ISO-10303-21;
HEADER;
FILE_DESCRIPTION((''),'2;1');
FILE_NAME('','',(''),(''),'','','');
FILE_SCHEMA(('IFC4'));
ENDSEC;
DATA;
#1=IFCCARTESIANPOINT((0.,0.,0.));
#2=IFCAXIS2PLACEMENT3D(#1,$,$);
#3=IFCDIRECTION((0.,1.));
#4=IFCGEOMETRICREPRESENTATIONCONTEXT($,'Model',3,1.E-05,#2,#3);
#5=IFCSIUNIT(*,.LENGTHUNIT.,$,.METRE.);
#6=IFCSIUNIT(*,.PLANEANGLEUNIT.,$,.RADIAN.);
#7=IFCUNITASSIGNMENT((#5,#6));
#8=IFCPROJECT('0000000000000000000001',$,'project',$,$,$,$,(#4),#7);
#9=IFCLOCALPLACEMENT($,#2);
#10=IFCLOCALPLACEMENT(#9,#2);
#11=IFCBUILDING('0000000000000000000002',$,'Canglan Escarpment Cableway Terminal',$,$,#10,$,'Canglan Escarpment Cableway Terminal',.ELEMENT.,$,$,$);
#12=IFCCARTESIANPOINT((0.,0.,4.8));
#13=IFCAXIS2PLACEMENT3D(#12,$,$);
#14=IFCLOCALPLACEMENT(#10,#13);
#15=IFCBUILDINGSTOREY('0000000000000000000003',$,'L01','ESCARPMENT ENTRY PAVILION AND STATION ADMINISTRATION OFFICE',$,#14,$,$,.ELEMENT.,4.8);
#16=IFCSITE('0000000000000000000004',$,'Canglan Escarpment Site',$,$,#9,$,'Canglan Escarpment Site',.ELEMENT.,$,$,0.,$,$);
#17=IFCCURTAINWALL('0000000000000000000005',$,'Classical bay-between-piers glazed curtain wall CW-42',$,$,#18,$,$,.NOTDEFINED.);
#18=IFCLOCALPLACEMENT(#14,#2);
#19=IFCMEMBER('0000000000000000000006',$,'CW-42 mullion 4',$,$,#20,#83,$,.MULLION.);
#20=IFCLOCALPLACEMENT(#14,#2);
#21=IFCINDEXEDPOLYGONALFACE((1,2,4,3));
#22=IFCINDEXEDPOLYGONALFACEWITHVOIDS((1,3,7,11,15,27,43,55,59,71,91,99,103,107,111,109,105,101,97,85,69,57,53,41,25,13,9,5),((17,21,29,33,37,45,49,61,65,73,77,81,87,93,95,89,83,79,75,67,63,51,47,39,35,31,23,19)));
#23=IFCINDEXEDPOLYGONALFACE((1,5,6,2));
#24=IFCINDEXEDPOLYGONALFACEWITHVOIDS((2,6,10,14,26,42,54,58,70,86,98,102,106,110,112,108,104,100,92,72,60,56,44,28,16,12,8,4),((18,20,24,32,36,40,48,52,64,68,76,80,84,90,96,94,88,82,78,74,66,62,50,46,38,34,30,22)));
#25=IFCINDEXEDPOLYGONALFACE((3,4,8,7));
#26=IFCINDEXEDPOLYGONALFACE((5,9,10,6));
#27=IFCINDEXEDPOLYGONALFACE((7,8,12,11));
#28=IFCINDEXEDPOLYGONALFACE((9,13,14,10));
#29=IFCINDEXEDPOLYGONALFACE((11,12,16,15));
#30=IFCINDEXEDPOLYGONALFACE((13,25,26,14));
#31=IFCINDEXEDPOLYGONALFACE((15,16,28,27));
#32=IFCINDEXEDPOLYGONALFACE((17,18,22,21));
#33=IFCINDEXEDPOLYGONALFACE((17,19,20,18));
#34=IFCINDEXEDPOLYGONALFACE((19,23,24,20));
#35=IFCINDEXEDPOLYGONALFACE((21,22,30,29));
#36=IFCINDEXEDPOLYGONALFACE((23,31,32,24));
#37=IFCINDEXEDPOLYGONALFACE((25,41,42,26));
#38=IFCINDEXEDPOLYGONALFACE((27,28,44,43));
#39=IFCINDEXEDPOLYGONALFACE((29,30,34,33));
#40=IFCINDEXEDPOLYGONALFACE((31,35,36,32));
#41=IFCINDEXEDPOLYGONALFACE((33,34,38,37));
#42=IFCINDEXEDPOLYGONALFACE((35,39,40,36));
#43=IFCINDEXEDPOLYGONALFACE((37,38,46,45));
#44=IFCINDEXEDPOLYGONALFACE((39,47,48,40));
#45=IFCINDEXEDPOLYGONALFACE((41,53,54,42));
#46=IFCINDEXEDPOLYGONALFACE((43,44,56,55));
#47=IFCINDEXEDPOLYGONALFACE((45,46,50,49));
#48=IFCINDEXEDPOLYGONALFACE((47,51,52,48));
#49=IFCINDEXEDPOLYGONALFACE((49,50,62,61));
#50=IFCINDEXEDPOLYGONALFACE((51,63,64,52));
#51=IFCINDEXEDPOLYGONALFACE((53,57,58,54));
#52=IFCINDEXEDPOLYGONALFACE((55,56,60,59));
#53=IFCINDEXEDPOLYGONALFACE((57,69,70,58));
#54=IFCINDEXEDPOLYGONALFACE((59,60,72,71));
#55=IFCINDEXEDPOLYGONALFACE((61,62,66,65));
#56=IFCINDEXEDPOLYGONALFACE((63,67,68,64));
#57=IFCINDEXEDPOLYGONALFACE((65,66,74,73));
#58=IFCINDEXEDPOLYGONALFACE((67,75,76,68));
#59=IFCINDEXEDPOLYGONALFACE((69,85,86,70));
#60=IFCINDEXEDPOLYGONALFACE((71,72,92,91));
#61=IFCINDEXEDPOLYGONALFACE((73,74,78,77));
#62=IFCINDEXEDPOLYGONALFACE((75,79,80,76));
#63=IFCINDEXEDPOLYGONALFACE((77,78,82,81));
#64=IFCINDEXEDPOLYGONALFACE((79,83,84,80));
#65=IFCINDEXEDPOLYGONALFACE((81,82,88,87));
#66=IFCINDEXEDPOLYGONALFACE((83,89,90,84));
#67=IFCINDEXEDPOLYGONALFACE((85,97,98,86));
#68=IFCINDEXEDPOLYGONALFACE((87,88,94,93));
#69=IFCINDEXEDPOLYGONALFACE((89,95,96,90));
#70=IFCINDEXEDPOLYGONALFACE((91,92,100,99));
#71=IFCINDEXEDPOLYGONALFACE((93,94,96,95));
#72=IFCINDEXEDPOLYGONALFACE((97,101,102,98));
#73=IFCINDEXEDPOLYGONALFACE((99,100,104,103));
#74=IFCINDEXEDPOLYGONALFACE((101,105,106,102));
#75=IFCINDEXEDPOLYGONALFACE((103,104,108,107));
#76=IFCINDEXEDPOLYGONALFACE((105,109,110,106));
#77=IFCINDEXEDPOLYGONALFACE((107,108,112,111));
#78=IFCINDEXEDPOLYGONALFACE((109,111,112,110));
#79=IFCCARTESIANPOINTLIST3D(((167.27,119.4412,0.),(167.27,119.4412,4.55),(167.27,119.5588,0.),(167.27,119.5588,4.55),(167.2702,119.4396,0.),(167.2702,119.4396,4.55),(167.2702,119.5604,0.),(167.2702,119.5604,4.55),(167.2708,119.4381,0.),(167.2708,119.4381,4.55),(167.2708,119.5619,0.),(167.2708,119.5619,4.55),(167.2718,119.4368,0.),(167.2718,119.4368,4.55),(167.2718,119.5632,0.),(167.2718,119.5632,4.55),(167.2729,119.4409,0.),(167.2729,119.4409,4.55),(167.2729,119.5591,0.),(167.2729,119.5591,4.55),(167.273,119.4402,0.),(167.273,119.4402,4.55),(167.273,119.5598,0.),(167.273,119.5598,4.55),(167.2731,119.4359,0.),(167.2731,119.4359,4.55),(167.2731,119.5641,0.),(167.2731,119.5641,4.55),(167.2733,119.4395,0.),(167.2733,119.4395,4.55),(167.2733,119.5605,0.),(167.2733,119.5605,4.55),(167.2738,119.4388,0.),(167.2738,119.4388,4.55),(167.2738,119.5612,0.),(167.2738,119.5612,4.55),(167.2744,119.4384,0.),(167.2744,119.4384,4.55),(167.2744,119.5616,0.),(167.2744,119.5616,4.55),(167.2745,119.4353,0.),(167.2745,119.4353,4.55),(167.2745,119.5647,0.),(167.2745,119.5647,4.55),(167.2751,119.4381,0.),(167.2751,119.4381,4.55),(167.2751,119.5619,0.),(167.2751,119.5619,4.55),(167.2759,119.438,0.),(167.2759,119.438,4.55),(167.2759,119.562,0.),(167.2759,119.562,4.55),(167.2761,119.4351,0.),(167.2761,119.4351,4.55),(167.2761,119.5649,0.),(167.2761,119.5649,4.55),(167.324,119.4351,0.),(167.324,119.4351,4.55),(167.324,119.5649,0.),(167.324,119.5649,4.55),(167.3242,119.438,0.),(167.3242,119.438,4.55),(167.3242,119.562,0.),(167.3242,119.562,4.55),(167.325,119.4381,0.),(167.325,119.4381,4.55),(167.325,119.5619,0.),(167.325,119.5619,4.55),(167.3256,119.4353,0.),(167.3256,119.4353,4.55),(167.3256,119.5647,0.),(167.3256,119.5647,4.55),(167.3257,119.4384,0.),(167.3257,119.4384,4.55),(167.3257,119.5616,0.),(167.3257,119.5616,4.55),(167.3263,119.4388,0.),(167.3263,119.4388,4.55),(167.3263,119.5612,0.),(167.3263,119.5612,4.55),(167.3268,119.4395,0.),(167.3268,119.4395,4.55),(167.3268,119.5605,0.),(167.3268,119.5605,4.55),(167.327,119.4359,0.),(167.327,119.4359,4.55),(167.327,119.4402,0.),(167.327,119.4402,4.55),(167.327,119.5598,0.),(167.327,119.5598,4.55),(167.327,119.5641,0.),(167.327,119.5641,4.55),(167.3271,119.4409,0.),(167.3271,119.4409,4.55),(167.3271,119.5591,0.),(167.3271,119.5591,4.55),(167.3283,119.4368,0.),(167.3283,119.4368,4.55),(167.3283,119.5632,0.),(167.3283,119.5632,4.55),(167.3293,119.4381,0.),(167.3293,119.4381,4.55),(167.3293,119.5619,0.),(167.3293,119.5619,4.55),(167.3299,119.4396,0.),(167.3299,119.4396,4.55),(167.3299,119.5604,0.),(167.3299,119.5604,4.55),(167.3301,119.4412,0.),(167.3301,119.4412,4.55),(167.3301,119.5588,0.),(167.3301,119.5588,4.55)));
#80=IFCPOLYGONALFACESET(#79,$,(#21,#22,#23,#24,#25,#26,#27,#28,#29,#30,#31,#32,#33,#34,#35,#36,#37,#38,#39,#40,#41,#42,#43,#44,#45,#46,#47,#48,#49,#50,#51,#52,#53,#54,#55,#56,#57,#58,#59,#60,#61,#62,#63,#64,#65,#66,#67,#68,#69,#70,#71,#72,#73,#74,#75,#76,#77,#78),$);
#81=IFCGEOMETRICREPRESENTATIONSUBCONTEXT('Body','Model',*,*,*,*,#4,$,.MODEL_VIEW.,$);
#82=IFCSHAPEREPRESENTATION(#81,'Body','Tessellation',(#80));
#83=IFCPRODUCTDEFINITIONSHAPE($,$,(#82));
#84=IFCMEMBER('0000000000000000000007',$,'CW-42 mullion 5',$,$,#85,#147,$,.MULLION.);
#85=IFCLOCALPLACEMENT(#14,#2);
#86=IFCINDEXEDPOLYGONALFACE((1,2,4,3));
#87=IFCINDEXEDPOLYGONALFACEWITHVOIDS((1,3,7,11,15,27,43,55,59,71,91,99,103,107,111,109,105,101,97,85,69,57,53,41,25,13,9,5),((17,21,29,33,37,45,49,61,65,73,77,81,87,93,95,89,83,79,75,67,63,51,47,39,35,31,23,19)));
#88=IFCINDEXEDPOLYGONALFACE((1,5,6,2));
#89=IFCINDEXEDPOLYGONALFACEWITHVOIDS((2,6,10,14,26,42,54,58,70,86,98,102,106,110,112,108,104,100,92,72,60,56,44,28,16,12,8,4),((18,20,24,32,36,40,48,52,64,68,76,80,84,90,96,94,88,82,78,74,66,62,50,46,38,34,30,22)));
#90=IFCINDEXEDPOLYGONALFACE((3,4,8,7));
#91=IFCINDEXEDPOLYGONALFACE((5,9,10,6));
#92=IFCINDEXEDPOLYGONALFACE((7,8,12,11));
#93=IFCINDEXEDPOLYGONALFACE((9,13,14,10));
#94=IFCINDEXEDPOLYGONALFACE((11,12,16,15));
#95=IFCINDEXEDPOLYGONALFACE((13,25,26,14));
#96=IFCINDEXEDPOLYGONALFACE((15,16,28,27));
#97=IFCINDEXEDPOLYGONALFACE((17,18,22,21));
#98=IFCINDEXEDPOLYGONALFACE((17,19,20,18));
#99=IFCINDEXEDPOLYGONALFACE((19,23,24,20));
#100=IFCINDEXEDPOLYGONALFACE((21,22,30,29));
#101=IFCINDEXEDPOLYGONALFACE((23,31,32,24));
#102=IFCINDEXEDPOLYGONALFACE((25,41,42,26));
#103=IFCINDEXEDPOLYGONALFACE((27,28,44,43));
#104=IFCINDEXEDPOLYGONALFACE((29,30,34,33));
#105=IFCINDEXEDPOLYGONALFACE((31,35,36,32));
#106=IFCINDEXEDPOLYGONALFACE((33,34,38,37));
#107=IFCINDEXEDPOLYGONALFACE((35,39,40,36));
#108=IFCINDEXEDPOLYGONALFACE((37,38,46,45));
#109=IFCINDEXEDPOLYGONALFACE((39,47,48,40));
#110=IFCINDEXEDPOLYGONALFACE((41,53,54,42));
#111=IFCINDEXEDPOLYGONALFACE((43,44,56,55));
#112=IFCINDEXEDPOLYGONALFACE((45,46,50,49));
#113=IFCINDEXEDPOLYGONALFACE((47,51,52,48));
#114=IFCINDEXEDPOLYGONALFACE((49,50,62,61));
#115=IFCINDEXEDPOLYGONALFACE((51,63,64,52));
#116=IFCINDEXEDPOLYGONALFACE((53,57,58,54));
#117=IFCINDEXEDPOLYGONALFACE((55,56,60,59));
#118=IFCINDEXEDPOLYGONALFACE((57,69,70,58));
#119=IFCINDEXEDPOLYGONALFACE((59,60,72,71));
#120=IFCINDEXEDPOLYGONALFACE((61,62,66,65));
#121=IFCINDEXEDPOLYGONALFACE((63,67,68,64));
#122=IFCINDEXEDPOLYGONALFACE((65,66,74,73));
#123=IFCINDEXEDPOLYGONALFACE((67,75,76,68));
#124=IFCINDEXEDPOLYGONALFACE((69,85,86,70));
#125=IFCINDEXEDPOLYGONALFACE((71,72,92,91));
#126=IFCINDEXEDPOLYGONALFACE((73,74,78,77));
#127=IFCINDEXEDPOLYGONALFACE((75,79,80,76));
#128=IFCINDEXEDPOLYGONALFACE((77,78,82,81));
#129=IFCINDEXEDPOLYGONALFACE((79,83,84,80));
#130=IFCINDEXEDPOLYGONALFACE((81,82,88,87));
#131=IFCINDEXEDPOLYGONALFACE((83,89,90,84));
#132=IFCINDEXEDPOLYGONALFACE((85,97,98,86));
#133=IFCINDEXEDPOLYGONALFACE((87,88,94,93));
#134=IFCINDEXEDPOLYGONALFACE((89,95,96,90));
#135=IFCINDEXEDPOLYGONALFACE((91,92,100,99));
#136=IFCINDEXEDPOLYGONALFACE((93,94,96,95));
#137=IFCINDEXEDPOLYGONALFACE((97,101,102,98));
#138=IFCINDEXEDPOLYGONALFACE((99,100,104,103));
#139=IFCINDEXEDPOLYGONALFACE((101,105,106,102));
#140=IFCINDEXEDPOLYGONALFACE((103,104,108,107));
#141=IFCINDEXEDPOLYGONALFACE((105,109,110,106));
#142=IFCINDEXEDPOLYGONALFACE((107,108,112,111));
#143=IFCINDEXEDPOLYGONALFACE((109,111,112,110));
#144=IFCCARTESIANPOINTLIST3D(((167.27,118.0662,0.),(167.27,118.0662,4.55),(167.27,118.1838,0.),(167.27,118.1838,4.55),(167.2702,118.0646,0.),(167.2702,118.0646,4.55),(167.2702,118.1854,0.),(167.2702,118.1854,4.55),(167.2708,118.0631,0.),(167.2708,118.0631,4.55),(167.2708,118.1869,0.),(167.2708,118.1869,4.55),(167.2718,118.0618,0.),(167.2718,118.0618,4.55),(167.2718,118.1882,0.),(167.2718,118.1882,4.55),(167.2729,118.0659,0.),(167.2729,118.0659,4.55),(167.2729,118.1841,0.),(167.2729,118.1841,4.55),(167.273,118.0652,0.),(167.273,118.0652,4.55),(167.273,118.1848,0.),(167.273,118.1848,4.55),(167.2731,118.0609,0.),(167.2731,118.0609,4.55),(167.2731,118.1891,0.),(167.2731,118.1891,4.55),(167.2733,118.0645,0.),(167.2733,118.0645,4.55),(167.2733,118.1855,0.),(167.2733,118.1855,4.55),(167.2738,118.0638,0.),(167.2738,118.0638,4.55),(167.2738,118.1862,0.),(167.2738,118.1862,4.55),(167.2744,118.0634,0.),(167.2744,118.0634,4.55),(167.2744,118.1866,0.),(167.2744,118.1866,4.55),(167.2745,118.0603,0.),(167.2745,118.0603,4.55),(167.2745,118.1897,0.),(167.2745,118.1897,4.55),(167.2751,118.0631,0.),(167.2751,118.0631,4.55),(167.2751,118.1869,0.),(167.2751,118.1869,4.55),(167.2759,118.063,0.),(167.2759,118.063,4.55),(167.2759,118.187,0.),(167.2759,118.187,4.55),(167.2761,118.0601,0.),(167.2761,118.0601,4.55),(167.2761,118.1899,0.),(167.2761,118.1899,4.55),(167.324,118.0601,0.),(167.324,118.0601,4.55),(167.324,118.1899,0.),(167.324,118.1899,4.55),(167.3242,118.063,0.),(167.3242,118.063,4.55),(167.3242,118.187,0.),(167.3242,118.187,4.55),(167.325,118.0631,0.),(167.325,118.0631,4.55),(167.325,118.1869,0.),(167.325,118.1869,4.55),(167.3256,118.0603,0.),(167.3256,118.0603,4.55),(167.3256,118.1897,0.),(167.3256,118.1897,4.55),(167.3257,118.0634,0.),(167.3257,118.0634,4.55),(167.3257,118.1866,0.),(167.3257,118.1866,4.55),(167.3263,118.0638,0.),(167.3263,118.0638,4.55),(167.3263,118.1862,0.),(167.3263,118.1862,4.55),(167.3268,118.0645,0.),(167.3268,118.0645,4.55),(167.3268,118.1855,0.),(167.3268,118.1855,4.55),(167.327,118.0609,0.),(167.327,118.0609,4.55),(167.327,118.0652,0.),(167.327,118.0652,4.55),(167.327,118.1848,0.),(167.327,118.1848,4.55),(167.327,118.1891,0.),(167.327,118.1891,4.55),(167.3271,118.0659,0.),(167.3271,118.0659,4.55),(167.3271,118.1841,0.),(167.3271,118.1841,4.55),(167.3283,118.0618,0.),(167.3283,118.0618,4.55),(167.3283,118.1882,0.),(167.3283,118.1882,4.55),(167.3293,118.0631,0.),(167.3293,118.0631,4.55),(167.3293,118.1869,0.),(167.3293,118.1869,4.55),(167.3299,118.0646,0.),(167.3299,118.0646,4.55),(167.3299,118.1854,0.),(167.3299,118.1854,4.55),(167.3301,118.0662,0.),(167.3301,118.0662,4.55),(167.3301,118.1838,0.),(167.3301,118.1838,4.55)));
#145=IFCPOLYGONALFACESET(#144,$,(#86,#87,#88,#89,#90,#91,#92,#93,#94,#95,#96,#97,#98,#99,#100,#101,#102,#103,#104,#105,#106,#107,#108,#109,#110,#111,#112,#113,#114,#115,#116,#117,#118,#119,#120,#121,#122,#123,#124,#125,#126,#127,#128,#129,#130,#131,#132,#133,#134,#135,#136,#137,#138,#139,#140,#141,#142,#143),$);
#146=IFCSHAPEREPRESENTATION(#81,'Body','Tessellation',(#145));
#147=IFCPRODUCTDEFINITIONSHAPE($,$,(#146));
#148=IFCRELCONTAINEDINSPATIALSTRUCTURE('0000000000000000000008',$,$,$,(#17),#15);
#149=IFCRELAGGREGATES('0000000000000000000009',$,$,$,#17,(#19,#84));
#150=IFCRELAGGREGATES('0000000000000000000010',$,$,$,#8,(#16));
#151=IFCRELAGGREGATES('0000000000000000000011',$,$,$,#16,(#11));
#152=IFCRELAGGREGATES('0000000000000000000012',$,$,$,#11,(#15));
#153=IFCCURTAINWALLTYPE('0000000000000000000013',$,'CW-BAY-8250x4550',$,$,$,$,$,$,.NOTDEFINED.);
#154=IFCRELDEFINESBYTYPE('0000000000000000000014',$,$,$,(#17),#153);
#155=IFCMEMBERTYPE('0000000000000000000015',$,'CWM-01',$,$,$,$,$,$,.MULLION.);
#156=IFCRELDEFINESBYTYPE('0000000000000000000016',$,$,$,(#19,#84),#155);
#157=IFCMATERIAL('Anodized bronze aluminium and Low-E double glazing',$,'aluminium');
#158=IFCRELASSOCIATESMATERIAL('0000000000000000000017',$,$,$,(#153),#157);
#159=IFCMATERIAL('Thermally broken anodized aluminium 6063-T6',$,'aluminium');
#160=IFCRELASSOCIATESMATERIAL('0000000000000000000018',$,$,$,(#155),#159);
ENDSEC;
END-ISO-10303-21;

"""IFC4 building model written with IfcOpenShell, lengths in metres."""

from ifc_helpers import new_model, si_unit, direction, frame, origin, origin_2d, place, context, subcontext, project, spatial, hollow_rectangle, extrude, material, material_profile, profile_set, type_object, element, aggregate, save


model = new_model("IFC4")

# Units and contexts
model_context = context("Model", 3, precision=1e-05, world=origin(), true_north=direction((0.0, 1.0)))
body_context = subcontext(model_context, "Body", "Model", "MODEL_VIEW")
ifc_project = project(units=[si_unit("LENGTHUNIT", "METRE"), si_unit("PLANEANGLEUNIT", "RADIAN")], contexts=[model_context])

# Site, building, storey
site_placement = place(None, origin())
site = spatial("IfcSite", under=ifc_project, at=site_placement, Name="Canglan Escarpment Site", LongName="Canglan Escarpment Site", CompositionType="ELEMENT", RefElevation=0.0)
building_placement = place(site_placement, origin())
building = spatial("IfcBuilding", under=site, at=building_placement, Name="Canglan Escarpment Cableway Terminal", LongName="Canglan Escarpment Cableway Terminal", CompositionType="ELEMENT")
storey_placement = place(building_placement, frame((0.0, 0.0, 4.8)))
storey = spatial("IfcBuildingStorey", under=building, at=storey_placement, Name="L01", Description="ESCARPMENT ENTRY PAVILION AND STATION ADMINISTRATION OFFICE", CompositionType="ELEMENT", Elevation=4.8)

# Curtain wall, members
ifc_material_1 = material(Name="Anodized bronze aluminium and Low-E double glazing", Category="aluminium")
curtain_wall_type = type_object("IfcCurtainWallType", Name="CW-BAY-8250x4550", PredefinedType="NOTDEFINED", material=ifc_material_1)
curtain_wall_placement = place(storey_placement, origin())
curtain_wall = element("IfcCurtainWall", 1, at=curtain_wall_placement, inside=storey, type_object=curtain_wall_type, Name="Classical bay-between-piers glazed curtain wall CW-42", PredefinedType="NOTDEFINED")
ifc_material_2 = material(Name="Thermally broken anodized aluminium 6063-T6", Category="aluminium")
ifc_material_profile_1 = material_profile(ifc_material_2, hollow_rectangle(XDim=0.0601, YDim=0.1299, WallThickness=0.0029, InnerFilletRadius=0.0029, OuterFilletRadius=0.0061, at=origin_2d()), Name="ALU-MULL 60x130x3")
ifc_profile_set_1 = profile_set([ifc_material_profile_1], Name="Thermally broken anodized aluminium 6063-T6")
member_type_1 = type_object("IfcMemberType", Name="CWM-01", PredefinedType="MULLION", material=ifc_profile_set_1)
member_1_placement = place(storey_placement, frame((167.3, 119.5, 0.0), z_axis=(0.0, 0.0, 1.0), x_axis=(1.0, 0.0, 0.0)))
member_1 = element("IfcMember", 2, at=member_1_placement, type_object=member_type_1, Name="CW-42 mullion 4", PredefinedType="MULLION", context=body_context, shape_type="SweptSolid", body=[
    extrude(hollow_rectangle(XDim=0.0601, YDim=0.1299, WallThickness=0.0029, InnerFilletRadius=0.0029, OuterFilletRadius=0.0061, at=origin_2d()), origin(), (0.0, 0.0, 1.0), 4.55),
])
member_2_placement = place(storey_placement, frame((167.3, 118.125, 0.0), z_axis=(0.0, 0.0, 1.0), x_axis=(1.0, 0.0, 0.0)))
member_2 = element("IfcMember", 3, at=member_2_placement, type_object=member_type_1, Name="CW-42 mullion 5", PredefinedType="MULLION", context=body_context, shape_type="SweptSolid", body=[
    extrude(hollow_rectangle(XDim=0.0601, YDim=0.1299, WallThickness=0.0029, InnerFilletRadius=0.0029, OuterFilletRadius=0.0061, at=origin_2d()), origin(), (0.0, 0.0, 1.0), 4.55),
])
aggregate(curtain_wall, [member_1, member_2])

save(model, "model.ifc")
